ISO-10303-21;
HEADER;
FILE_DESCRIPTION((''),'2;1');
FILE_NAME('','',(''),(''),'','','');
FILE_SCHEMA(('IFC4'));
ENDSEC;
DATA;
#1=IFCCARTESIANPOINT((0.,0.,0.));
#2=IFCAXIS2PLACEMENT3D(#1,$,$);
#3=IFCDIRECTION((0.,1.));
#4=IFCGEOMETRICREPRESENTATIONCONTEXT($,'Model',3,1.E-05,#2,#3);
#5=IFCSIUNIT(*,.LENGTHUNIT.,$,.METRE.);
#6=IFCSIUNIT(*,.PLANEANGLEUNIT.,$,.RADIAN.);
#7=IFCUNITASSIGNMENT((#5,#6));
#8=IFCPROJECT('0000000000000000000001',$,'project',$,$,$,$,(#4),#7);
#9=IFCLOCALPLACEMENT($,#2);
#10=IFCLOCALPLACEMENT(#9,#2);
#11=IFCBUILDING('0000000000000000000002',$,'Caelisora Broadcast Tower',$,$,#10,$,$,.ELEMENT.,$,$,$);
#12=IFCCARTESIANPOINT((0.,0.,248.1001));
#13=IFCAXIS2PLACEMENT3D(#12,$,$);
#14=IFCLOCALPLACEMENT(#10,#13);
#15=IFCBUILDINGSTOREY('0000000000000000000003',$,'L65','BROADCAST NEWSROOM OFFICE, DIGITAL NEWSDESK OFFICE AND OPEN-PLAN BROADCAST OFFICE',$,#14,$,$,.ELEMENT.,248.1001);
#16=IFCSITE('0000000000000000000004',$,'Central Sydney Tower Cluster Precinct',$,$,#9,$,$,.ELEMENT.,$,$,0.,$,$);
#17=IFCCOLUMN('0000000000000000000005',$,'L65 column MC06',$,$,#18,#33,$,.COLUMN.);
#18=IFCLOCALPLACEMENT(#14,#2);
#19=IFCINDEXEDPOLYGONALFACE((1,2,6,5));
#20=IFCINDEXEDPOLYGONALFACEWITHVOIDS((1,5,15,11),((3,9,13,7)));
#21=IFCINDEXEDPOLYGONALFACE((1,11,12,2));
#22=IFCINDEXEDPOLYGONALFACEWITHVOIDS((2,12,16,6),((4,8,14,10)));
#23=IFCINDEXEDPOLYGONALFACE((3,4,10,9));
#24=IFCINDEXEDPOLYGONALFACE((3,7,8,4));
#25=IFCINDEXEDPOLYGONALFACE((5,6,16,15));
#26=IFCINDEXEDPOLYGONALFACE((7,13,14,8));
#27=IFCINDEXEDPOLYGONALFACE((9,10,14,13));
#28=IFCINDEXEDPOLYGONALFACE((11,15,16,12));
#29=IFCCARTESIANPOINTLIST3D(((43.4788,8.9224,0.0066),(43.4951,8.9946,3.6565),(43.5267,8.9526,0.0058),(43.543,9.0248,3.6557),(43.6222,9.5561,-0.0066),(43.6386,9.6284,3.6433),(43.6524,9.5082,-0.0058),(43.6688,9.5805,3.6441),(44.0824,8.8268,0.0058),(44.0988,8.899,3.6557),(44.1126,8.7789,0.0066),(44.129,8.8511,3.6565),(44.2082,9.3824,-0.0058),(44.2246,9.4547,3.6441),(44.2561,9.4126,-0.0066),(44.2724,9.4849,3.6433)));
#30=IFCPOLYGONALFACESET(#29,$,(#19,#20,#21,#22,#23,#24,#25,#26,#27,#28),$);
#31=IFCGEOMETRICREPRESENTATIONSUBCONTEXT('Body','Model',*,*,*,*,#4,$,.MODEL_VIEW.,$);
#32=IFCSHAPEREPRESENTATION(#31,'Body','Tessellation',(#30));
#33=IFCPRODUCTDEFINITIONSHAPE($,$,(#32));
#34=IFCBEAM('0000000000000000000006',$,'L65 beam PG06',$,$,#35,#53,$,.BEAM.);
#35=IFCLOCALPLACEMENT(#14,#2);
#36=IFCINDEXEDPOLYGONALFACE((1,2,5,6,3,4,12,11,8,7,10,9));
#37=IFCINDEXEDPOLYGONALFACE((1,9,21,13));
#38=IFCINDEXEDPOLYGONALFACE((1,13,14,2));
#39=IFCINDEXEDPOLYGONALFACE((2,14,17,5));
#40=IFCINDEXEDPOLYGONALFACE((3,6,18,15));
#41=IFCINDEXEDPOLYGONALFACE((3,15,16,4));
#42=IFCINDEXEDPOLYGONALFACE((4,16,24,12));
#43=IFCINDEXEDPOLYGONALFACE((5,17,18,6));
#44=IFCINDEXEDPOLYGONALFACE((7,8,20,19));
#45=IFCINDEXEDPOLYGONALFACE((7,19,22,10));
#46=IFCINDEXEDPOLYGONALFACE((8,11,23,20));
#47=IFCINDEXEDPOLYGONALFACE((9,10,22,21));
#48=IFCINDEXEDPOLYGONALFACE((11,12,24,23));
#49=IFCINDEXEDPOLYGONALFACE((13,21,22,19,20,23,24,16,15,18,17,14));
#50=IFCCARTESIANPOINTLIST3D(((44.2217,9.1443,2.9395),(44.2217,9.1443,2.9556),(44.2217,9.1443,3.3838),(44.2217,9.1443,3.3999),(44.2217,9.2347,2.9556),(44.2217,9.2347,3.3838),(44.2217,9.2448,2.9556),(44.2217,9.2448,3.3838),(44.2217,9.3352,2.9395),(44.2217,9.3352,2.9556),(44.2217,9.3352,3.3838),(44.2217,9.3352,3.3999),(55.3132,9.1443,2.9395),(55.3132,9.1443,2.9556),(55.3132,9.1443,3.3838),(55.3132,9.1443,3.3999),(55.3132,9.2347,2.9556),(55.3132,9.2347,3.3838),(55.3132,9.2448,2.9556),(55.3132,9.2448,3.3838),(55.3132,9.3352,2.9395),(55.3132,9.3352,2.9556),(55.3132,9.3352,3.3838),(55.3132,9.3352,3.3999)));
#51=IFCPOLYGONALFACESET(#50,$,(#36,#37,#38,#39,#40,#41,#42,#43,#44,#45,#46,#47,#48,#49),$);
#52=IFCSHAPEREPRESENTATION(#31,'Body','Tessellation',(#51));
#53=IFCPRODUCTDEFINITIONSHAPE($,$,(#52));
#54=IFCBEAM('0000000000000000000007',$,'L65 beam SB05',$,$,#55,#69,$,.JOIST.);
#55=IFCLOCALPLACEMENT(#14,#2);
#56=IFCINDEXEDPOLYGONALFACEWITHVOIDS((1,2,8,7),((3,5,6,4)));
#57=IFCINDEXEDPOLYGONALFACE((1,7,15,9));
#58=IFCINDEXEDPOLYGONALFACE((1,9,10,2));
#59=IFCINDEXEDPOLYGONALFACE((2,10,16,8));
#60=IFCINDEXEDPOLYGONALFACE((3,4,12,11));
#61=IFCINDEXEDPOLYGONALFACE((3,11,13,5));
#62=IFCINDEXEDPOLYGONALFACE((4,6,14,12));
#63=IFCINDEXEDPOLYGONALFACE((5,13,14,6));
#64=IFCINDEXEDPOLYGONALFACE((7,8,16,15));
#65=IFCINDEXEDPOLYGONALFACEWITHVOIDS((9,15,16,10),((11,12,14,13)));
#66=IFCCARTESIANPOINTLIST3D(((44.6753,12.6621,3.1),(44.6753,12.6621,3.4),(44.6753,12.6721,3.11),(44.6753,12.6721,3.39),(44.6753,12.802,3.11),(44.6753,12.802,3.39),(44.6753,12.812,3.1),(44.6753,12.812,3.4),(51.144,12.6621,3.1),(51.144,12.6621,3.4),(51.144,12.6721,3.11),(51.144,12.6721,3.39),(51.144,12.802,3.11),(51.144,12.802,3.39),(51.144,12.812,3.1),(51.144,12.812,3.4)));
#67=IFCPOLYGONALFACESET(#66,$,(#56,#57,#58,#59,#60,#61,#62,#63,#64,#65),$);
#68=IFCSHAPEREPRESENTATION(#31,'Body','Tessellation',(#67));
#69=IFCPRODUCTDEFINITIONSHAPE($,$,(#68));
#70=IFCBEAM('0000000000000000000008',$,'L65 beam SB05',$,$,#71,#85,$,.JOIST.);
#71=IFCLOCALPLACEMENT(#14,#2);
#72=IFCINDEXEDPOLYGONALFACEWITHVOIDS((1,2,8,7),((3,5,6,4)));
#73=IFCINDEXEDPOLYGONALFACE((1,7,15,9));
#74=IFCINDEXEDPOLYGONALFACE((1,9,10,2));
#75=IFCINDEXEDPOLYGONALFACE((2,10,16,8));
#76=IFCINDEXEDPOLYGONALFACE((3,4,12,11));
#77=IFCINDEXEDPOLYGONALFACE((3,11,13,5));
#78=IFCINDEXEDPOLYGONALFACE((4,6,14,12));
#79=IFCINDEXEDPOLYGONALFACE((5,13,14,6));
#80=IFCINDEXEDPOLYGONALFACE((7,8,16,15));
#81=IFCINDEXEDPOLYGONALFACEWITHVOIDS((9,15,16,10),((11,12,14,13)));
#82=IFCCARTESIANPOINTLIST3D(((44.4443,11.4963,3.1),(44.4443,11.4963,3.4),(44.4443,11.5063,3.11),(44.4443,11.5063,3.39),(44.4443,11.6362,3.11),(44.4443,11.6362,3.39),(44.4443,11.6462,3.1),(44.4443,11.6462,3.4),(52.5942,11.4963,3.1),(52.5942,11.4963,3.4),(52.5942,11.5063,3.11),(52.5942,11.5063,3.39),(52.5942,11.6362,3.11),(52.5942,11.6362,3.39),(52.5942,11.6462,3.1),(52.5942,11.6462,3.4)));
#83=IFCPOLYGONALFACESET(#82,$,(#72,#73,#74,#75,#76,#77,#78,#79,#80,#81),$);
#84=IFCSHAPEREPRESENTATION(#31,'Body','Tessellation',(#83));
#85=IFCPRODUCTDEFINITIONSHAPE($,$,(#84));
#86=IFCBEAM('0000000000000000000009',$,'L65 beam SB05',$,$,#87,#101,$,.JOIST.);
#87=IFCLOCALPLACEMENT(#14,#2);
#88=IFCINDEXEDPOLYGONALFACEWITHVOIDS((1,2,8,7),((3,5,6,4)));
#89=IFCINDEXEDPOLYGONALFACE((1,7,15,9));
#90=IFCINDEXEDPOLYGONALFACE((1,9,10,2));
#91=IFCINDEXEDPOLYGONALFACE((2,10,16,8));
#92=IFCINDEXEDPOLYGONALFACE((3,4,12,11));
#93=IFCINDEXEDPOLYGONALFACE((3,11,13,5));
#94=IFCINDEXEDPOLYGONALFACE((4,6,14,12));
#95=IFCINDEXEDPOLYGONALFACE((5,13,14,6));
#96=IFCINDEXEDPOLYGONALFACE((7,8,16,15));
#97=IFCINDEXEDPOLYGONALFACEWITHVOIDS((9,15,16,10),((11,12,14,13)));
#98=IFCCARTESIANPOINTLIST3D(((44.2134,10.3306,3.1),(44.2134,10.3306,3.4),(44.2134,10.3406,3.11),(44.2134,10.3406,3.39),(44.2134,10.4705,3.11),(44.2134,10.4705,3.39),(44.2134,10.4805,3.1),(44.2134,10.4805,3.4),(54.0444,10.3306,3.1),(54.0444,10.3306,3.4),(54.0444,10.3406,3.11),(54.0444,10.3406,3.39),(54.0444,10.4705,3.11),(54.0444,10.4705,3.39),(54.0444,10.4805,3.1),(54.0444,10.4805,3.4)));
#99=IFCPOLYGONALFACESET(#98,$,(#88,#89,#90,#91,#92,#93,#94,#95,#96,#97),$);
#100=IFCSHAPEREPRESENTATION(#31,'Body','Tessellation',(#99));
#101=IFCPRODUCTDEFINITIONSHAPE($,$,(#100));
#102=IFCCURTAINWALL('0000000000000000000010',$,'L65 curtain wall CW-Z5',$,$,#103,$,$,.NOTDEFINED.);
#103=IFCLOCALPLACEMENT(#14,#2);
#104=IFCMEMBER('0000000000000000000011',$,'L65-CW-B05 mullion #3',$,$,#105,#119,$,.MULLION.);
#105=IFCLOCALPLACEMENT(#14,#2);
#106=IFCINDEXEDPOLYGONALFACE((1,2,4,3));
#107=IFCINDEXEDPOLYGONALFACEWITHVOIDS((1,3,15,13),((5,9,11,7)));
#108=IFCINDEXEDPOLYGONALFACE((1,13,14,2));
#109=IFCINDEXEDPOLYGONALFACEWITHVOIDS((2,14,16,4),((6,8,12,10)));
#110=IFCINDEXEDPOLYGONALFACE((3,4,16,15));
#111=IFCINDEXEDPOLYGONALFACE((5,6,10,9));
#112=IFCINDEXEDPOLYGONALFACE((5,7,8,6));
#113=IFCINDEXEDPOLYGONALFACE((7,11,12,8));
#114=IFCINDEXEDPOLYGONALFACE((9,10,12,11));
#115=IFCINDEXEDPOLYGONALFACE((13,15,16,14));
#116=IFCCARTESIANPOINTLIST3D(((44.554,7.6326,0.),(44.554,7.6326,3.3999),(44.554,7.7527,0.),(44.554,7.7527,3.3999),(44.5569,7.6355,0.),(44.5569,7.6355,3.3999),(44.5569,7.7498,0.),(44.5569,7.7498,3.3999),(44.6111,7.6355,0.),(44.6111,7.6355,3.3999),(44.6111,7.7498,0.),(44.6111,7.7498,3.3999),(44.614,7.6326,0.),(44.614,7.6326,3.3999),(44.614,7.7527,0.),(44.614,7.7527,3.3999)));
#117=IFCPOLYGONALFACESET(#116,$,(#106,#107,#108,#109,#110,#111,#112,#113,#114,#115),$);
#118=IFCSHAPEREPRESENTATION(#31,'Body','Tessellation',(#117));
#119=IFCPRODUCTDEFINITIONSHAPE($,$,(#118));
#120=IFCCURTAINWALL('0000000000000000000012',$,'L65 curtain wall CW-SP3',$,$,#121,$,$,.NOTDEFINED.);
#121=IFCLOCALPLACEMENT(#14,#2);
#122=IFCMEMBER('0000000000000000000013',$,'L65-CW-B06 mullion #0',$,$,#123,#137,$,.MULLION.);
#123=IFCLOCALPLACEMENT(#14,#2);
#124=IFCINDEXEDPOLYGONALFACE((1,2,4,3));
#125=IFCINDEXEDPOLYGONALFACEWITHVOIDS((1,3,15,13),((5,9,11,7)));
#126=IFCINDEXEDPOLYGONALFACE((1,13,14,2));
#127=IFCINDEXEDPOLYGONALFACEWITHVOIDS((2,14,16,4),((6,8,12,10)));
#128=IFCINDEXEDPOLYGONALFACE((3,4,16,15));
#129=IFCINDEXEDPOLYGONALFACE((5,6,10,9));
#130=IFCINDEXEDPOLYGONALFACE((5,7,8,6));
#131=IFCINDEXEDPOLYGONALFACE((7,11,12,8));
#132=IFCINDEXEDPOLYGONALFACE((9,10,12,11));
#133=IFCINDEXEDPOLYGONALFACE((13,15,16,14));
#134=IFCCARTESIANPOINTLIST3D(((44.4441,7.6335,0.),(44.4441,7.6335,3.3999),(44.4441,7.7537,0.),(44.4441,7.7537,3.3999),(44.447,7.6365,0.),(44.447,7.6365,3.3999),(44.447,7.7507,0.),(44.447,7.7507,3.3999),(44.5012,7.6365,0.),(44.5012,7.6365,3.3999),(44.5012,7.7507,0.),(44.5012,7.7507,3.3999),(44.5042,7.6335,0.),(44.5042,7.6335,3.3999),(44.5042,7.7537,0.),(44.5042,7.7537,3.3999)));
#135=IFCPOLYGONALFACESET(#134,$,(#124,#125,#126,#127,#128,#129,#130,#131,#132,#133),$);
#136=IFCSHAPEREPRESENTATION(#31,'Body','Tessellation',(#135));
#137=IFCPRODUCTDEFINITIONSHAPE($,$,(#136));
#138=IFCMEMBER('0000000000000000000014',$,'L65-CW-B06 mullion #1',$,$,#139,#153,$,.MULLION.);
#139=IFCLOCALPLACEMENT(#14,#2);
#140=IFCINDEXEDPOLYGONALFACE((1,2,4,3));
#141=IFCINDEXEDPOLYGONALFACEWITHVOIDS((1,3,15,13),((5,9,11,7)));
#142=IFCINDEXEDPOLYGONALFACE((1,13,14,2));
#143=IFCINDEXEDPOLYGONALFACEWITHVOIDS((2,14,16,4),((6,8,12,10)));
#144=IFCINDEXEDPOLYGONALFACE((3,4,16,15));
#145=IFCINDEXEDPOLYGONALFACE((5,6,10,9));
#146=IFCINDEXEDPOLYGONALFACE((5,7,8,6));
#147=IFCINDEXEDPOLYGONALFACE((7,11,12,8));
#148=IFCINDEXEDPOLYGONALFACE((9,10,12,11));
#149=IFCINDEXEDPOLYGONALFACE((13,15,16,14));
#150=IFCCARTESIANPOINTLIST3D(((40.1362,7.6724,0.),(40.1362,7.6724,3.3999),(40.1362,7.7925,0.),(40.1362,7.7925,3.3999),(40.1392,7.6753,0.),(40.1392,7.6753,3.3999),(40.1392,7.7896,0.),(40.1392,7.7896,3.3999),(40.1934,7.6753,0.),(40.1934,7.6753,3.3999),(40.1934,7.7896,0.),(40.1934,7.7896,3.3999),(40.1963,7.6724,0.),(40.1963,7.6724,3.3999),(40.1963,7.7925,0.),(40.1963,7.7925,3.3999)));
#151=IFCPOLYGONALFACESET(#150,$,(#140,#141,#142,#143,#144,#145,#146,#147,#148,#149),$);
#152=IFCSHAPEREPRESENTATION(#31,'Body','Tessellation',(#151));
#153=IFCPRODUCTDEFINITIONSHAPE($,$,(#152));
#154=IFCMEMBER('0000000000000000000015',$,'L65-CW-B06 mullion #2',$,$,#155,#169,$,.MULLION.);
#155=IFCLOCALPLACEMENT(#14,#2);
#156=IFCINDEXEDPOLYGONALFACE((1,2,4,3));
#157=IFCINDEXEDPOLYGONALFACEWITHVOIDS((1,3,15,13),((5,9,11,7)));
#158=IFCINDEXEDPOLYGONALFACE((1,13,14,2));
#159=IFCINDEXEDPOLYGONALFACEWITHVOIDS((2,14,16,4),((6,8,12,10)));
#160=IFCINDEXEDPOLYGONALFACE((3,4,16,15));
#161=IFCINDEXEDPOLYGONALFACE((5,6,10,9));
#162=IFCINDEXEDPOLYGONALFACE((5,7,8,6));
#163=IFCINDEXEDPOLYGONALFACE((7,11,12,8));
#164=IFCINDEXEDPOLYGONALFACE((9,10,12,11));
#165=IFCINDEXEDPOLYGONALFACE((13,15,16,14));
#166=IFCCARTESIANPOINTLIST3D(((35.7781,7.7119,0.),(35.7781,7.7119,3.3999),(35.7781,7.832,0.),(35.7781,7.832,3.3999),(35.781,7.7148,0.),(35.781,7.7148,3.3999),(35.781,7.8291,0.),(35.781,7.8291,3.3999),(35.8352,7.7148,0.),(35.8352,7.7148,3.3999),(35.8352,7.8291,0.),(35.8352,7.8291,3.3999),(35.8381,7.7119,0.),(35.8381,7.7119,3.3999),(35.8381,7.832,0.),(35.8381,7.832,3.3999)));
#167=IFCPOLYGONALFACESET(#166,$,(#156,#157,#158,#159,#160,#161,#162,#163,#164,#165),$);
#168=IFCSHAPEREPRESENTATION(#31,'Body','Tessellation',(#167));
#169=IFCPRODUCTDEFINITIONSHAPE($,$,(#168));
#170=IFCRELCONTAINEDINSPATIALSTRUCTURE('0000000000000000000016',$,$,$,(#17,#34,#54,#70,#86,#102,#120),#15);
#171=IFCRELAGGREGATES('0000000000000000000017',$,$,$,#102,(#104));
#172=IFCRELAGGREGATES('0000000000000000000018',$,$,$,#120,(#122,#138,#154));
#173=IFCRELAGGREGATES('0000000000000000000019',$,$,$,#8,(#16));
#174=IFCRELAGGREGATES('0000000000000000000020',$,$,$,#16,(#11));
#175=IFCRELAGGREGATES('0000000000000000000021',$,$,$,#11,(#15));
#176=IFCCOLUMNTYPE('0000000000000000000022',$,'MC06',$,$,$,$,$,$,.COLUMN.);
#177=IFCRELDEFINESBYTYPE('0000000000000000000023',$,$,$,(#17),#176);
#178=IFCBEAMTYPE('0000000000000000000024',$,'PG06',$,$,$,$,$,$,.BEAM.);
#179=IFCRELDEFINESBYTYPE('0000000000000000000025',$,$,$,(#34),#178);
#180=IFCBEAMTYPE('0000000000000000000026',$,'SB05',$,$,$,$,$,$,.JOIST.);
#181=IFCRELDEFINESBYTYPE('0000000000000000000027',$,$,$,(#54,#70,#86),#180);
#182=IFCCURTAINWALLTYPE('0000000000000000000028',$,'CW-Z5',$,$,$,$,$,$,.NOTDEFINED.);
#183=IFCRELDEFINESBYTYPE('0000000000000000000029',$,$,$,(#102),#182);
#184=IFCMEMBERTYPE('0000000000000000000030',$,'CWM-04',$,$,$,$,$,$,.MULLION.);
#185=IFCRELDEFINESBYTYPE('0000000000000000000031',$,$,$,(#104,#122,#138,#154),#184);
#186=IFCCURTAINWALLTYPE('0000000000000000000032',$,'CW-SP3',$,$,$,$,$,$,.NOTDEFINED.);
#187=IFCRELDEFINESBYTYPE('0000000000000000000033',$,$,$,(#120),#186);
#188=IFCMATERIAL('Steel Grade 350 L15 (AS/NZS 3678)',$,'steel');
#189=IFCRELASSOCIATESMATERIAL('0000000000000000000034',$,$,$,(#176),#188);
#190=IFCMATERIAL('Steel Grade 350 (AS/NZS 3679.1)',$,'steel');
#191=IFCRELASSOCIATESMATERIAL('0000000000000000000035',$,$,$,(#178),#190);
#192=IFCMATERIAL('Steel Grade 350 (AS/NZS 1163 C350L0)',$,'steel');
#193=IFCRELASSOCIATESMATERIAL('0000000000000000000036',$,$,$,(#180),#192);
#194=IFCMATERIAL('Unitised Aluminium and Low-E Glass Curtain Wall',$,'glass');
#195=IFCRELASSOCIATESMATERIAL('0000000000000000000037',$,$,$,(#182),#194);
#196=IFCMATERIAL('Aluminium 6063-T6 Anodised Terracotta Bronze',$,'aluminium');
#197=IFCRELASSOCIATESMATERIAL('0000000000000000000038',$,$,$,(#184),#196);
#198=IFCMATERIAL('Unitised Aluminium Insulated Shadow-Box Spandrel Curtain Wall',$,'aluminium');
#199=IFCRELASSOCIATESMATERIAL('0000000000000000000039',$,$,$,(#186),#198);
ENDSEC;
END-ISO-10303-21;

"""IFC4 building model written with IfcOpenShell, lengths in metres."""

from ifc_helpers import new_model, si_unit, direction, frame, origin, origin_2d, place, context, subcontext, project, spatial, hollow_rectangle, i_section, extrude, source, transform, mapped, material, material_profile, profile_set, type_object, type_shapes, element, aggregate, save


model = new_model("IFC4")

# Units and contexts
model_context = context("Model", 3, precision=1e-05, world=origin(), true_north=direction((0.0, 1.0)))
body_context = subcontext(model_context, "Body", "Model", "MODEL_VIEW")
ifc_project = project(units=[si_unit("LENGTHUNIT", "METRE"), si_unit("PLANEANGLEUNIT", "RADIAN")], contexts=[model_context])

# Site, building, storey
site_placement = place(None, origin())
site = spatial("IfcSite", under=ifc_project, at=site_placement, Name="Central Sydney Tower Cluster Precinct", CompositionType="ELEMENT", RefElevation=0.0)
building_placement = place(site_placement, origin())
building = spatial("IfcBuilding", under=site, at=building_placement, Name="Caelisora Broadcast Tower", CompositionType="ELEMENT")
storey_placement = place(building_placement, frame((0.0, 0.0, 248.1001)))
storey = spatial("IfcBuildingStorey", under=building, at=storey_placement, Name="L65", Description="BROADCAST NEWSROOM OFFICE, DIGITAL NEWSDESK OFFICE AND OPEN-PLAN BROADCAST OFFICE", CompositionType="ELEMENT", Elevation=248.1001)

# Column
ifc_material_1 = material(Name="Steel Grade 350 L15 (AS/NZS 3678)", Category="steel")
ifc_material_profile_1 = material_profile(ifc_material_1, hollow_rectangle(XDim=0.6499, YDim=0.6499, WallThickness=0.04, at=origin_2d()), Name="Steel Grade 350 L15 (AS/NZS 3678)")
ifc_profile_set_1 = profile_set([ifc_material_profile_1], Name="Steel Grade 350 L15 (AS/NZS 3678)")
column_type = type_object("IfcColumnType", Name="MC06", PredefinedType="COLUMN", material=ifc_profile_set_1)
shared_shape_1 = source(origin(), body_context, "Body", "SweptSolid", [
    extrude(hollow_rectangle(XDim=0.6499, YDim=0.6499, WallThickness=0.04, at=origin_2d()), origin(), (0.0, 0.0, 1.0), 3.6506),
])
type_shapes(column_type, [shared_shape_1])
column_placement = place(storey_placement, frame((43.8674, 9.1675, 0.0), z_axis=(0.004481, 0.019795, 0.999794), x_axis=(-0.975327, 0.220767, 0.0)))
element("IfcColumn", 1, at=column_placement, inside=storey, type_object=column_type, Name="L65 column MC06", PredefinedType="COLUMN", context=body_context, shape_type="MappedRepresentation", body=[
    mapped(shared_shape_1, transform((0.0, 0.0, 0.0), scale=1.0)),
])

# Beams
ifc_material_2 = material(Name="Steel Grade 350 (AS/NZS 3679.1)", Category="steel")
ifc_material_profile_2 = material_profile(ifc_material_2, i_section(OverallWidth=0.1909, OverallDepth=0.4604, WebThickness=0.01, FlangeThickness=0.0161, at=origin_2d()), Name="Steel Grade 350 (AS/NZS 3679.1)")
ifc_profile_set_2 = profile_set([ifc_material_profile_2], Name="Steel Grade 350 (AS/NZS 3679.1)")
beam_type_1 = type_object("IfcBeamType", Name="PG06", PredefinedType="BEAM", material=ifc_profile_set_2)
shared_shape_2 = source(origin(), body_context, "Body", "SweptSolid", [
    extrude(i_section(OverallWidth=0.1909, OverallDepth=0.4604, WebThickness=0.01, FlangeThickness=0.0161, at=origin_2d()), origin(), (0.0, 0.0, 1.0), 11.0916),
])
type_shapes(beam_type_1, [shared_shape_2])
beam_1_placement = place(storey_placement, frame((44.2217, 9.2397, 3.1697), z_axis=(1.0, 0.0, 0.0), x_axis=(0.0, 1.0, 0.0)))
element("IfcBeam", 2, at=beam_1_placement, inside=storey, type_object=beam_type_1, Name="L65 beam PG06", PredefinedType="BEAM", context=body_context, shape_type="MappedRepresentation", body=[
    mapped(shared_shape_2, transform((0.0, 0.0, 0.0), scale=1.0)),
])
ifc_material_3 = material(Name="Steel Grade 350 (AS/NZS 1163 C350L0)", Category="steel")
ifc_material_profile_3 = material_profile(ifc_material_3, hollow_rectangle(XDim=0.1499, YDim=0.3, WallThickness=0.01, at=origin_2d()), Name="Steel Grade 350 (AS/NZS 1163 C350L0)")
ifc_profile_set_3 = profile_set([ifc_material_profile_3], Name="Steel Grade 350 (AS/NZS 1163 C350L0)")
beam_type_2 = type_object("IfcBeamType", Name="SB05", PredefinedType="JOIST", material=ifc_profile_set_3)
shared_shape_3 = source(origin(), body_context, "Body", "SweptSolid", [
    extrude(hollow_rectangle(XDim=0.1499, YDim=0.3, WallThickness=0.01, at=origin_2d()), origin(), (0.0, 0.0, 1.0), 6.4688),
])
beam_2_placement = place(storey_placement, frame((44.6753, 12.7371, 3.25), z_axis=(1.0, 0.0, 0.0), x_axis=(0.0, 1.0, 0.0)))
element("IfcBeam", 3, at=beam_2_placement, inside=storey, type_object=beam_type_2, Name="L65 beam SB05", PredefinedType="JOIST", context=body_context, shape_type="MappedRepresentation", body=[
    mapped(shared_shape_3, transform((0.0, 0.0, 0.0), scale=1.0)),
])
shared_shape_4 = source(origin(), body_context, "Body", "SweptSolid", [
    extrude(hollow_rectangle(XDim=0.1499, YDim=0.3, WallThickness=0.01, at=origin_2d()), origin(), (0.0, 0.0, 1.0), 8.1499),
])
beam_3_placement = place(storey_placement, frame((44.4443, 11.5713, 3.25), z_axis=(1.0, 0.0, 0.0), x_axis=(0.0, 1.0, 0.0)))
element("IfcBeam", 4, at=beam_3_placement, inside=storey, type_object=beam_type_2, Name="L65 beam SB05", PredefinedType="JOIST", context=body_context, shape_type="MappedRepresentation", body=[
    mapped(shared_shape_4, transform((0.0, 0.0, 0.0), scale=1.0)),
])
shared_shape_5 = source(origin(), body_context, "Body", "SweptSolid", [
    extrude(hollow_rectangle(XDim=0.1499, YDim=0.3, WallThickness=0.01, at=origin_2d()), origin(), (0.0, 0.0, 1.0), 9.8311),
])
type_shapes(beam_type_2, [shared_shape_3, shared_shape_4, shared_shape_5])
beam_4_placement = place(storey_placement, frame((44.2134, 10.4055, 3.25), z_axis=(1.0, 0.0, 0.0), x_axis=(0.0, 1.0, 0.0)))
element("IfcBeam", 5, at=beam_4_placement, inside=storey, type_object=beam_type_2, Name="L65 beam SB05", PredefinedType="JOIST", context=body_context, shape_type="MappedRepresentation", body=[
    mapped(shared_shape_5, transform((0.0, 0.0, 0.0), scale=1.0)),
])

# Curtain wall, member
ifc_material_4 = material(Name="Unitised Aluminium and Low-E Glass Curtain Wall", Category="glass")
curtain_wall_type_1 = type_object("IfcCurtainWallType", Name="CW-Z5", PredefinedType="NOTDEFINED", material=ifc_material_4)
curtain_wall_1_placement = place(storey_placement, origin())
curtain_wall_1 = element("IfcCurtainWall", 6, at=curtain_wall_1_placement, inside=storey, type_object=curtain_wall_type_1, Name="L65 curtain wall CW-Z5", PredefinedType="NOTDEFINED")
ifc_material_5 = material(Name="Aluminium 6063-T6 Anodised Terracotta Bronze", Category="aluminium")
ifc_material_profile_4 = material_profile(ifc_material_5, hollow_rectangle(XDim=0.0601, YDim=0.1201, WallThickness=0.0029, at=origin_2d()), Name="Aluminium 6063-T6 Anodised Terracotta Bronze")
ifc_profile_set_4 = profile_set([ifc_material_profile_4], Name="Aluminium 6063-T6 Anodised Terracotta Bronze")
member_type_1 = type_object("IfcMemberType", Name="CWM-04", PredefinedType="MULLION", material=ifc_profile_set_4)
shared_shape_6 = source(origin(), body_context, "Body", "SweptSolid", [
    extrude(hollow_rectangle(XDim=0.0601, YDim=0.1201, WallThickness=0.0029, at=origin_2d()), origin(), (0.0, 0.0, 1.0), 3.3999),
])
type_shapes(member_type_1, [shared_shape_6])
member_1_placement = place(storey_placement, frame((44.584, 7.6926, 0.0), z_axis=(0.0, 0.0, 1.0), x_axis=(1.0, 0.0, 0.0)))
member_1 = element("IfcMember", 7, at=member_1_placement, type_object=member_type_1, Name="L65-CW-B05 mullion #3", PredefinedType="MULLION", context=body_context, shape_type="MappedRepresentation", body=[
    mapped(shared_shape_6, transform((0.0, 0.0, 0.0), scale=1.0)),
])
aggregate(curtain_wall_1, [member_1])

# Curtain wall, members
ifc_material_6 = material(Name="Unitised Aluminium Insulated Shadow-Box Spandrel Curtain Wall", Category="aluminium")
curtain_wall_type_2 = type_object("IfcCurtainWallType", Name="CW-SP3", PredefinedType="NOTDEFINED", material=ifc_material_6)
curtain_wall_2_placement = place(storey_placement, origin())
curtain_wall_2 = element("IfcCurtainWall", 8, at=curtain_wall_2_placement, inside=storey, type_object=curtain_wall_type_2, Name="L65 curtain wall CW-SP3", PredefinedType="NOTDEFINED")
member_2_placement = place(storey_placement, frame((44.4741, 7.6936, 0.0), z_axis=(0.0, 0.0, 1.0), x_axis=(1.0, 0.0, 0.0)))
member_2 = element("IfcMember", 9, at=member_2_placement, type_object=member_type_1, Name="L65-CW-B06 mullion #0", PredefinedType="MULLION", context=body_context, shape_type="MappedRepresentation", body=[
    mapped(shared_shape_6, transform((0.0, 0.0, 0.0), scale=1.0)),
])
member_3_placement = place(storey_placement, frame((40.1663, 7.7324, 0.0), z_axis=(0.0, 0.0, 1.0), x_axis=(1.0, 0.0, 0.0)))
member_3 = element("IfcMember", 10, at=member_3_placement, type_object=member_type_1, Name="L65-CW-B06 mullion #1", PredefinedType="MULLION", context=body_context, shape_type="MappedRepresentation", body=[
    mapped(shared_shape_6, transform((0.0, 0.0, 0.0), scale=1.0)),
])
member_4_placement = place(storey_placement, frame((35.8081, 7.772, 0.0), z_axis=(0.0, 0.0, 1.0), x_axis=(1.0, 0.0, 0.0)))
member_4 = element("IfcMember", 11, at=member_4_placement, type_object=member_type_1, Name="L65-CW-B06 mullion #2", PredefinedType="MULLION", context=body_context, shape_type="MappedRepresentation", body=[
    mapped(shared_shape_6, transform((0.0, 0.0, 0.0), scale=1.0)),
])

aggregate(curtain_wall_2, [member_2, member_3, member_4])

save(model, "model.ifc")
